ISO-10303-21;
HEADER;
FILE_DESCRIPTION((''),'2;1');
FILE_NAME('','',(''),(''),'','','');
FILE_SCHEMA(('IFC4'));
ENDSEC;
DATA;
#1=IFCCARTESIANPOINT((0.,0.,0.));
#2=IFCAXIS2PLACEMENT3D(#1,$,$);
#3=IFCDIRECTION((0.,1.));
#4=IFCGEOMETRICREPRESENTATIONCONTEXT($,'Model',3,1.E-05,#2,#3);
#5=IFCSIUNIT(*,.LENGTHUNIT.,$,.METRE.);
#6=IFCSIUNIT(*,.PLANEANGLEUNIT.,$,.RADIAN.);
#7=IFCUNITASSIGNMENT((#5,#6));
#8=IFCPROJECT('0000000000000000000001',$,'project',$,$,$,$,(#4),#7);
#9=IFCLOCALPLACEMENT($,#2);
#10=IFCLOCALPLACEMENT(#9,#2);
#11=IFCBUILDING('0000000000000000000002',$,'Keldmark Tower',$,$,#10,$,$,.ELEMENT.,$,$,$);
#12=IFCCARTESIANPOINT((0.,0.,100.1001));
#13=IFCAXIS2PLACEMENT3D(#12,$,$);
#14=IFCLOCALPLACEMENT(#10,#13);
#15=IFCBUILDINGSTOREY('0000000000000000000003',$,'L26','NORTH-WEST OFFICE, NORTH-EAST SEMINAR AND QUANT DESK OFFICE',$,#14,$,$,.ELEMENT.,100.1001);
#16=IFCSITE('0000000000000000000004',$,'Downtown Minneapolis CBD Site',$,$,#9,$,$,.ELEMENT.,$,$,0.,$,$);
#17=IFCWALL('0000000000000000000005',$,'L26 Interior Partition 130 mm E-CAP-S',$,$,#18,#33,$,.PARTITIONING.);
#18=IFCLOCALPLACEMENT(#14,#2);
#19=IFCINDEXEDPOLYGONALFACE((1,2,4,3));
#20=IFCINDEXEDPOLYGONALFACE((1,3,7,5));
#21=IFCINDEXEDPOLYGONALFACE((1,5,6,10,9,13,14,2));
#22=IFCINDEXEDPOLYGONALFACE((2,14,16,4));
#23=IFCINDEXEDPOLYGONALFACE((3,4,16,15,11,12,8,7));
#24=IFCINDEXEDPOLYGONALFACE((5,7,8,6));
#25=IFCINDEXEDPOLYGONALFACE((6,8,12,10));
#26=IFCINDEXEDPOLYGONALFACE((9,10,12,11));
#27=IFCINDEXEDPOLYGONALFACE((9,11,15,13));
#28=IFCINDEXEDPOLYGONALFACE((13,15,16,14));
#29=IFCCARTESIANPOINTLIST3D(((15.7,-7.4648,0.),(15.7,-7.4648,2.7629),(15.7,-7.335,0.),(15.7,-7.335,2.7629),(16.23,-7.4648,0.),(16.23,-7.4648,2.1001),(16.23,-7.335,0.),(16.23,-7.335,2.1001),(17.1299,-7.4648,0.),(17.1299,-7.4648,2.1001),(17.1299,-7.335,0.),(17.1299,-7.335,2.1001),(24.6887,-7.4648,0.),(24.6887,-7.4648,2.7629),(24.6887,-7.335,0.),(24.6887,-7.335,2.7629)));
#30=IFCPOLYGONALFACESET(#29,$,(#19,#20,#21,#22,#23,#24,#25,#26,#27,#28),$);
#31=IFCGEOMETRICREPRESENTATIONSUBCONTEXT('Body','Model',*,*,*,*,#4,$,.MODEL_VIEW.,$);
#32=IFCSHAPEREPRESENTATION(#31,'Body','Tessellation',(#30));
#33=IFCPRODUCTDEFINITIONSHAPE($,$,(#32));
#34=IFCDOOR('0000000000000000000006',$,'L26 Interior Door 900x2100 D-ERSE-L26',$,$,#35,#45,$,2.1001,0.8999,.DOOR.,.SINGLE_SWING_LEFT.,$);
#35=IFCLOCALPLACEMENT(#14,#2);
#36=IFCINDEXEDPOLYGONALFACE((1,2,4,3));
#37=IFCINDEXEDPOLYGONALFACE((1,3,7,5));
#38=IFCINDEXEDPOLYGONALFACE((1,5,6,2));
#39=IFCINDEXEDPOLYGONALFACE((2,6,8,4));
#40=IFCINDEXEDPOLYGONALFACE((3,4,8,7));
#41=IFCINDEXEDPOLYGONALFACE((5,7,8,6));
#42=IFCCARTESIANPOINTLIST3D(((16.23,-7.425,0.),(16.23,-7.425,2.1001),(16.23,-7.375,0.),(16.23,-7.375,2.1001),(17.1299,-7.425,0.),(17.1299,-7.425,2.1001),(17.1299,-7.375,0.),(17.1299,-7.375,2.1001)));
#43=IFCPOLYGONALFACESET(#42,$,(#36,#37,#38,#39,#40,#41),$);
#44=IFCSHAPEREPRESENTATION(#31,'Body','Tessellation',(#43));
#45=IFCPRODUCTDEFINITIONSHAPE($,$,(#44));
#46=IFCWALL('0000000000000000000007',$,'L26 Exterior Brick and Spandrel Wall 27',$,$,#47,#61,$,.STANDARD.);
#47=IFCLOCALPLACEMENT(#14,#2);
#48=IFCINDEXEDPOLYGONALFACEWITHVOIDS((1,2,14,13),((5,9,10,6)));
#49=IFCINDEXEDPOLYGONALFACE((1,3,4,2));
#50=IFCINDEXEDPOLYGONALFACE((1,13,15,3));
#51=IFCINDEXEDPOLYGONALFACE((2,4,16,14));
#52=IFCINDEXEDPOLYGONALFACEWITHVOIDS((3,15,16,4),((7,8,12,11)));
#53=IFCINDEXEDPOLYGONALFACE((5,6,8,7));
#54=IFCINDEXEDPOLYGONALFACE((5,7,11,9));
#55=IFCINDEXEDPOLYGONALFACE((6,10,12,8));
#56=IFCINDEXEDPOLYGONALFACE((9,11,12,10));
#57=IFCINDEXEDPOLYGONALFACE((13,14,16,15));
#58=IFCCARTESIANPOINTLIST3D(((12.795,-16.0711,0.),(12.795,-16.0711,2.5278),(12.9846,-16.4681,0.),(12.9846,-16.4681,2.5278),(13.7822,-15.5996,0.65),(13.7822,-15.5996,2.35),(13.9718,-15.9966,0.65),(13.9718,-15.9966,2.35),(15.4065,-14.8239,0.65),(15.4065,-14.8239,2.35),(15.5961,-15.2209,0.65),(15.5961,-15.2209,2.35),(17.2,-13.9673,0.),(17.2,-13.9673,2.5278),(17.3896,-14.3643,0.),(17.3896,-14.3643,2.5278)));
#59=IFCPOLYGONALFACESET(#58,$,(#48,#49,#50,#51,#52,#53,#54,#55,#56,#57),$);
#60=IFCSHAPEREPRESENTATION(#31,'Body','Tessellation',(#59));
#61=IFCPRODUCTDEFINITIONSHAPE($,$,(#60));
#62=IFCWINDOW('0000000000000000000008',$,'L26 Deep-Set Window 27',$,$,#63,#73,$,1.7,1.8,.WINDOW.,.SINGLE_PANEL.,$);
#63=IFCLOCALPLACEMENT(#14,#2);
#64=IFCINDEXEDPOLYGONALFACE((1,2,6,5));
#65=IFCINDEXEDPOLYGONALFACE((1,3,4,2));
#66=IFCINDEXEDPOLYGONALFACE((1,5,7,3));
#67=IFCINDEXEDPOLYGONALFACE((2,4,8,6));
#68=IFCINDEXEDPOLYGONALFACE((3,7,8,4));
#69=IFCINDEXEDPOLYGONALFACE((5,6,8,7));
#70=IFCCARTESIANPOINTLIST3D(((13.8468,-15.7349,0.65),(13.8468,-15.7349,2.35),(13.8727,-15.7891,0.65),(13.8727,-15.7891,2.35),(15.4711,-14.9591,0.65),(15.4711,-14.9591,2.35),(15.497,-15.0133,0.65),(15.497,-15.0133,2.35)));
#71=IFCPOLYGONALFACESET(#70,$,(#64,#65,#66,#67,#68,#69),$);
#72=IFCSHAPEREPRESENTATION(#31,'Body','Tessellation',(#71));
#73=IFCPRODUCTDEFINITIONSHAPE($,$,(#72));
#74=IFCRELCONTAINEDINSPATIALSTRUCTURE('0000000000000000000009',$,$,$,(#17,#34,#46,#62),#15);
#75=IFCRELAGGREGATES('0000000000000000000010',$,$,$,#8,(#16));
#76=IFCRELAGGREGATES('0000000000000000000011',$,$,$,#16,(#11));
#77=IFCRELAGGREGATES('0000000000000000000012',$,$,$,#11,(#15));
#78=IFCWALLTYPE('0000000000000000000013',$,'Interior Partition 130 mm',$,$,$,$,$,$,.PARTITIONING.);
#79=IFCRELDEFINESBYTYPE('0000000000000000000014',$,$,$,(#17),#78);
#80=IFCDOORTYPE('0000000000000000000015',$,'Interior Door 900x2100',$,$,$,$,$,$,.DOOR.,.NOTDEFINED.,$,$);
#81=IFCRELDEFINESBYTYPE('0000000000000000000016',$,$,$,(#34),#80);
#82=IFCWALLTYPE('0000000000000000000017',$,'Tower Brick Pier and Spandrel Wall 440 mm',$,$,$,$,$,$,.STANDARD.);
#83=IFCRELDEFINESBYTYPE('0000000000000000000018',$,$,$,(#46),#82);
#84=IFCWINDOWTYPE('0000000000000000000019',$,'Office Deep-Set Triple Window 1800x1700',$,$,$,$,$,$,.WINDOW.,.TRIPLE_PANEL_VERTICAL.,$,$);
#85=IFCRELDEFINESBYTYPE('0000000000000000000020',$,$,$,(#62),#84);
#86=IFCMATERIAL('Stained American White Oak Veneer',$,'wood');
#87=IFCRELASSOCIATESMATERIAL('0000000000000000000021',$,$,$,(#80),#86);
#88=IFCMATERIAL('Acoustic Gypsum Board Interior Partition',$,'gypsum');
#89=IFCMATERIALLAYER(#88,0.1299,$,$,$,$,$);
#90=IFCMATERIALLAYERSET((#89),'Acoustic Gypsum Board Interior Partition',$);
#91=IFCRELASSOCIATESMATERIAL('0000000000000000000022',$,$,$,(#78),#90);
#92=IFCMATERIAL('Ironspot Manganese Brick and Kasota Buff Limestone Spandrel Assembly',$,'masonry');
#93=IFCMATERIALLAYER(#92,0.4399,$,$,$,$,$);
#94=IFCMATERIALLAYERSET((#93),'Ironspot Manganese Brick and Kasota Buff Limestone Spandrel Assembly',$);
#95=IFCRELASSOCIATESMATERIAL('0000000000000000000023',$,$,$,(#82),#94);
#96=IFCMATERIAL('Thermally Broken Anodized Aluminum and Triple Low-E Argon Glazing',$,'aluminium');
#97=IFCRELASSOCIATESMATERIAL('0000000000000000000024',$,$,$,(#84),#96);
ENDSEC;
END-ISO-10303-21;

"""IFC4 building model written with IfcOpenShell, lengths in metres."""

from ifc_helpers import new_model, si_unit, direction, frame, frame_2d, origin, place, context, subcontext, project, spatial, rectangle, extrude, material, layer, layer_set, type_object, element, fill, save


model = new_model("IFC4")

# Units and contexts
model_context = context("Model", 3, precision=1e-05, world=origin(), true_north=direction((0.0, 1.0)))
body_context = subcontext(model_context, "Body", "Model", "MODEL_VIEW")
ifc_project = project(units=[si_unit("LENGTHUNIT", "METRE"), si_unit("PLANEANGLEUNIT", "RADIAN")], contexts=[model_context])

# Site, building, storey
site_placement = place(None, origin())
site = spatial("IfcSite", under=ifc_project, at=site_placement, Name="Downtown Minneapolis CBD Site", CompositionType="ELEMENT", RefElevation=0.0)
building_placement = place(site_placement, origin())
building = spatial("IfcBuilding", under=site, at=building_placement, Name="Keldmark Tower", CompositionType="ELEMENT")
storey_placement = place(building_placement, frame((0.0, 0.0, 100.1001)))
storey = spatial("IfcBuildingStorey", under=building, at=storey_placement, Name="L26", Description="NORTH-WEST OFFICE, NORTH-EAST SEMINAR AND QUANT DESK OFFICE", CompositionType="ELEMENT", Elevation=100.1001)

# Shared definitions
ifc_material_1 = material(Name="Stained American White Oak Veneer", Category="wood")
door_type = type_object("IfcDoorType", Name="Interior Door 900x2100", OperationType="NOTDEFINED", PredefinedType="DOOR", material=ifc_material_1)

# Wall, opening, door
ifc_material_2 = material(Name="Acoustic Gypsum Board Interior Partition", Category="gypsum")
ifc_layer_1 = layer(ifc_material_2, 0.1299)
ifc_layer_set_1 = layer_set([ifc_layer_1], Name="Acoustic Gypsum Board Interior Partition")
wall_type_1 = type_object("IfcWallType", Name="Interior Partition 130 mm", PredefinedType="PARTITIONING", material=ifc_layer_set_1)
wall_1_placement = place(storey_placement, frame((15.7, -7.3999, 0.0), z_axis=(0.0, 0.0, 1.0), x_axis=(1.0, 0.0, 0.0)))
wall_1 = element("IfcWall", 1, at=wall_1_placement, inside=storey, type_object=wall_type_1, Name="L26 Interior Partition 130 mm E-CAP-S", PredefinedType="PARTITIONING", context=body_context, shape_type="SweptSolid", body=[
    extrude(rectangle(XDim=8.9888, YDim=0.1299, at=frame_2d((4.4944, 0.0))), origin(), (0.0, 0.0, 1.0), 2.7629),
])
opening_1_placement = place(wall_1_placement, frame((0.53, 0.0, 0.0)))
opening_1 = element("IfcOpeningElement", 2, at=opening_1_placement, cuts=wall_1, PredefinedType="OPENING", context=body_context, shape_type="SweptSolid", body=[
    extrude(rectangle(XDim=0.8999, YDim=2.1001, at=frame_2d((0.45, 1.05))), frame((0.0, 0.075, 0.0), z_axis=(0.0, -1.0, 0.0), x_axis=(1.0, 0.0, 0.0)), (0.0, 0.0, 1.0), 0.1499),
])
door_1_placement = place(opening_1_placement, origin())
door_1 = element("IfcDoor", 3, at=door_1_placement, inside=storey, type_object=door_type, Name="L26 Interior Door 900x2100 D-ERSE-L26", OperationType="SINGLE_SWING_LEFT", OverallHeight=2.1001, OverallWidth=0.8999, PredefinedType="DOOR", context=body_context, shape_type="SweptSolid", body=[
    extrude(rectangle(XDim=0.8999, YDim=2.1001, at=frame_2d((0.45, 1.05))), frame((0.0, 0.0249, 0.0), z_axis=(0.0, -1.0, 0.0), x_axis=(1.0, 0.0, 0.0)), (0.0, 0.0, 1.0), 0.05),
])
fill(opening_1, door_1)

# Wall, opening, window
ifc_material_3 = material(Name="Ironspot Manganese Brick and Kasota Buff Limestone Spandrel Assembly", Category="masonry")
ifc_layer_2 = layer(ifc_material_3, 0.4399)
ifc_layer_set_2 = layer_set([ifc_layer_2], Name="Ironspot Manganese Brick and Kasota Buff Limestone Spandrel Assembly")
wall_type_2 = type_object("IfcWallType", Name="Tower Brick Pier and Spandrel Wall 440 mm", PredefinedType="STANDARD", material=ifc_layer_set_2)
wall_2_placement = place(storey_placement, frame((17.2949, -14.1658, 0.0), z_axis=(0.0, 0.0, 1.0), x_axis=(-0.902373, -0.430956, 0.0)))
wall_2 = element("IfcWall", 4, at=wall_2_placement, inside=storey, type_object=wall_type_2, Name="L26 Exterior Brick and Spandrel Wall 27", PredefinedType="STANDARD", context=body_context, shape_type="SweptSolid", body=[
    extrude(rectangle(XDim=4.8816, YDim=0.4399, at=frame_2d((2.4409, 0.0))), origin(), (0.0, 0.0, 1.0), 2.5278),
])
opening_2_placement = place(wall_2_placement, frame((1.9878, 0.0, 0.6499)))
opening_2 = element("IfcOpeningElement", 5, at=opening_2_placement, cuts=wall_2, PredefinedType="OPENING", context=body_context, shape_type="SweptSolid", body=[
    extrude(rectangle(XDim=1.8, YDim=1.7, at=frame_2d((0.8999, 0.8501))), frame((0.0, 0.23, 0.0), z_axis=(0.0, -1.0, 0.0), x_axis=(1.0, 0.0, 0.0)), (0.0, 0.0, 1.0), 0.46),
])
ifc_material_4 = material(Name="Thermally Broken Anodized Aluminum and Triple Low-E Argon Glazing", Category="aluminium")
window_type = type_object("IfcWindowType", Name="Office Deep-Set Triple Window 1800x1700", PartitioningType="TRIPLE_PANEL_VERTICAL", PredefinedType="WINDOW", material=ifc_material_4)
window_placement = place(opening_2_placement, origin())
window = element("IfcWindow", 6, at=window_placement, inside=storey, type_object=window_type, Name="L26 Deep-Set Window 27", OverallHeight=1.7, OverallWidth=1.8, PartitioningType="SINGLE_PANEL", PredefinedType="WINDOW", context=body_context, shape_type="SweptSolid", body=[
    extrude(rectangle(XDim=1.8, YDim=1.7, at=frame_2d((0.8999, 0.8501))), frame((0.0, -0.01, 0.0), z_axis=(0.0, -1.0, 0.0), x_axis=(1.0, 0.0, 0.0)), (0.0, 0.0, 1.0), 0.0601),
])
fill(opening_2, window)

save(model, "model.ifc")
